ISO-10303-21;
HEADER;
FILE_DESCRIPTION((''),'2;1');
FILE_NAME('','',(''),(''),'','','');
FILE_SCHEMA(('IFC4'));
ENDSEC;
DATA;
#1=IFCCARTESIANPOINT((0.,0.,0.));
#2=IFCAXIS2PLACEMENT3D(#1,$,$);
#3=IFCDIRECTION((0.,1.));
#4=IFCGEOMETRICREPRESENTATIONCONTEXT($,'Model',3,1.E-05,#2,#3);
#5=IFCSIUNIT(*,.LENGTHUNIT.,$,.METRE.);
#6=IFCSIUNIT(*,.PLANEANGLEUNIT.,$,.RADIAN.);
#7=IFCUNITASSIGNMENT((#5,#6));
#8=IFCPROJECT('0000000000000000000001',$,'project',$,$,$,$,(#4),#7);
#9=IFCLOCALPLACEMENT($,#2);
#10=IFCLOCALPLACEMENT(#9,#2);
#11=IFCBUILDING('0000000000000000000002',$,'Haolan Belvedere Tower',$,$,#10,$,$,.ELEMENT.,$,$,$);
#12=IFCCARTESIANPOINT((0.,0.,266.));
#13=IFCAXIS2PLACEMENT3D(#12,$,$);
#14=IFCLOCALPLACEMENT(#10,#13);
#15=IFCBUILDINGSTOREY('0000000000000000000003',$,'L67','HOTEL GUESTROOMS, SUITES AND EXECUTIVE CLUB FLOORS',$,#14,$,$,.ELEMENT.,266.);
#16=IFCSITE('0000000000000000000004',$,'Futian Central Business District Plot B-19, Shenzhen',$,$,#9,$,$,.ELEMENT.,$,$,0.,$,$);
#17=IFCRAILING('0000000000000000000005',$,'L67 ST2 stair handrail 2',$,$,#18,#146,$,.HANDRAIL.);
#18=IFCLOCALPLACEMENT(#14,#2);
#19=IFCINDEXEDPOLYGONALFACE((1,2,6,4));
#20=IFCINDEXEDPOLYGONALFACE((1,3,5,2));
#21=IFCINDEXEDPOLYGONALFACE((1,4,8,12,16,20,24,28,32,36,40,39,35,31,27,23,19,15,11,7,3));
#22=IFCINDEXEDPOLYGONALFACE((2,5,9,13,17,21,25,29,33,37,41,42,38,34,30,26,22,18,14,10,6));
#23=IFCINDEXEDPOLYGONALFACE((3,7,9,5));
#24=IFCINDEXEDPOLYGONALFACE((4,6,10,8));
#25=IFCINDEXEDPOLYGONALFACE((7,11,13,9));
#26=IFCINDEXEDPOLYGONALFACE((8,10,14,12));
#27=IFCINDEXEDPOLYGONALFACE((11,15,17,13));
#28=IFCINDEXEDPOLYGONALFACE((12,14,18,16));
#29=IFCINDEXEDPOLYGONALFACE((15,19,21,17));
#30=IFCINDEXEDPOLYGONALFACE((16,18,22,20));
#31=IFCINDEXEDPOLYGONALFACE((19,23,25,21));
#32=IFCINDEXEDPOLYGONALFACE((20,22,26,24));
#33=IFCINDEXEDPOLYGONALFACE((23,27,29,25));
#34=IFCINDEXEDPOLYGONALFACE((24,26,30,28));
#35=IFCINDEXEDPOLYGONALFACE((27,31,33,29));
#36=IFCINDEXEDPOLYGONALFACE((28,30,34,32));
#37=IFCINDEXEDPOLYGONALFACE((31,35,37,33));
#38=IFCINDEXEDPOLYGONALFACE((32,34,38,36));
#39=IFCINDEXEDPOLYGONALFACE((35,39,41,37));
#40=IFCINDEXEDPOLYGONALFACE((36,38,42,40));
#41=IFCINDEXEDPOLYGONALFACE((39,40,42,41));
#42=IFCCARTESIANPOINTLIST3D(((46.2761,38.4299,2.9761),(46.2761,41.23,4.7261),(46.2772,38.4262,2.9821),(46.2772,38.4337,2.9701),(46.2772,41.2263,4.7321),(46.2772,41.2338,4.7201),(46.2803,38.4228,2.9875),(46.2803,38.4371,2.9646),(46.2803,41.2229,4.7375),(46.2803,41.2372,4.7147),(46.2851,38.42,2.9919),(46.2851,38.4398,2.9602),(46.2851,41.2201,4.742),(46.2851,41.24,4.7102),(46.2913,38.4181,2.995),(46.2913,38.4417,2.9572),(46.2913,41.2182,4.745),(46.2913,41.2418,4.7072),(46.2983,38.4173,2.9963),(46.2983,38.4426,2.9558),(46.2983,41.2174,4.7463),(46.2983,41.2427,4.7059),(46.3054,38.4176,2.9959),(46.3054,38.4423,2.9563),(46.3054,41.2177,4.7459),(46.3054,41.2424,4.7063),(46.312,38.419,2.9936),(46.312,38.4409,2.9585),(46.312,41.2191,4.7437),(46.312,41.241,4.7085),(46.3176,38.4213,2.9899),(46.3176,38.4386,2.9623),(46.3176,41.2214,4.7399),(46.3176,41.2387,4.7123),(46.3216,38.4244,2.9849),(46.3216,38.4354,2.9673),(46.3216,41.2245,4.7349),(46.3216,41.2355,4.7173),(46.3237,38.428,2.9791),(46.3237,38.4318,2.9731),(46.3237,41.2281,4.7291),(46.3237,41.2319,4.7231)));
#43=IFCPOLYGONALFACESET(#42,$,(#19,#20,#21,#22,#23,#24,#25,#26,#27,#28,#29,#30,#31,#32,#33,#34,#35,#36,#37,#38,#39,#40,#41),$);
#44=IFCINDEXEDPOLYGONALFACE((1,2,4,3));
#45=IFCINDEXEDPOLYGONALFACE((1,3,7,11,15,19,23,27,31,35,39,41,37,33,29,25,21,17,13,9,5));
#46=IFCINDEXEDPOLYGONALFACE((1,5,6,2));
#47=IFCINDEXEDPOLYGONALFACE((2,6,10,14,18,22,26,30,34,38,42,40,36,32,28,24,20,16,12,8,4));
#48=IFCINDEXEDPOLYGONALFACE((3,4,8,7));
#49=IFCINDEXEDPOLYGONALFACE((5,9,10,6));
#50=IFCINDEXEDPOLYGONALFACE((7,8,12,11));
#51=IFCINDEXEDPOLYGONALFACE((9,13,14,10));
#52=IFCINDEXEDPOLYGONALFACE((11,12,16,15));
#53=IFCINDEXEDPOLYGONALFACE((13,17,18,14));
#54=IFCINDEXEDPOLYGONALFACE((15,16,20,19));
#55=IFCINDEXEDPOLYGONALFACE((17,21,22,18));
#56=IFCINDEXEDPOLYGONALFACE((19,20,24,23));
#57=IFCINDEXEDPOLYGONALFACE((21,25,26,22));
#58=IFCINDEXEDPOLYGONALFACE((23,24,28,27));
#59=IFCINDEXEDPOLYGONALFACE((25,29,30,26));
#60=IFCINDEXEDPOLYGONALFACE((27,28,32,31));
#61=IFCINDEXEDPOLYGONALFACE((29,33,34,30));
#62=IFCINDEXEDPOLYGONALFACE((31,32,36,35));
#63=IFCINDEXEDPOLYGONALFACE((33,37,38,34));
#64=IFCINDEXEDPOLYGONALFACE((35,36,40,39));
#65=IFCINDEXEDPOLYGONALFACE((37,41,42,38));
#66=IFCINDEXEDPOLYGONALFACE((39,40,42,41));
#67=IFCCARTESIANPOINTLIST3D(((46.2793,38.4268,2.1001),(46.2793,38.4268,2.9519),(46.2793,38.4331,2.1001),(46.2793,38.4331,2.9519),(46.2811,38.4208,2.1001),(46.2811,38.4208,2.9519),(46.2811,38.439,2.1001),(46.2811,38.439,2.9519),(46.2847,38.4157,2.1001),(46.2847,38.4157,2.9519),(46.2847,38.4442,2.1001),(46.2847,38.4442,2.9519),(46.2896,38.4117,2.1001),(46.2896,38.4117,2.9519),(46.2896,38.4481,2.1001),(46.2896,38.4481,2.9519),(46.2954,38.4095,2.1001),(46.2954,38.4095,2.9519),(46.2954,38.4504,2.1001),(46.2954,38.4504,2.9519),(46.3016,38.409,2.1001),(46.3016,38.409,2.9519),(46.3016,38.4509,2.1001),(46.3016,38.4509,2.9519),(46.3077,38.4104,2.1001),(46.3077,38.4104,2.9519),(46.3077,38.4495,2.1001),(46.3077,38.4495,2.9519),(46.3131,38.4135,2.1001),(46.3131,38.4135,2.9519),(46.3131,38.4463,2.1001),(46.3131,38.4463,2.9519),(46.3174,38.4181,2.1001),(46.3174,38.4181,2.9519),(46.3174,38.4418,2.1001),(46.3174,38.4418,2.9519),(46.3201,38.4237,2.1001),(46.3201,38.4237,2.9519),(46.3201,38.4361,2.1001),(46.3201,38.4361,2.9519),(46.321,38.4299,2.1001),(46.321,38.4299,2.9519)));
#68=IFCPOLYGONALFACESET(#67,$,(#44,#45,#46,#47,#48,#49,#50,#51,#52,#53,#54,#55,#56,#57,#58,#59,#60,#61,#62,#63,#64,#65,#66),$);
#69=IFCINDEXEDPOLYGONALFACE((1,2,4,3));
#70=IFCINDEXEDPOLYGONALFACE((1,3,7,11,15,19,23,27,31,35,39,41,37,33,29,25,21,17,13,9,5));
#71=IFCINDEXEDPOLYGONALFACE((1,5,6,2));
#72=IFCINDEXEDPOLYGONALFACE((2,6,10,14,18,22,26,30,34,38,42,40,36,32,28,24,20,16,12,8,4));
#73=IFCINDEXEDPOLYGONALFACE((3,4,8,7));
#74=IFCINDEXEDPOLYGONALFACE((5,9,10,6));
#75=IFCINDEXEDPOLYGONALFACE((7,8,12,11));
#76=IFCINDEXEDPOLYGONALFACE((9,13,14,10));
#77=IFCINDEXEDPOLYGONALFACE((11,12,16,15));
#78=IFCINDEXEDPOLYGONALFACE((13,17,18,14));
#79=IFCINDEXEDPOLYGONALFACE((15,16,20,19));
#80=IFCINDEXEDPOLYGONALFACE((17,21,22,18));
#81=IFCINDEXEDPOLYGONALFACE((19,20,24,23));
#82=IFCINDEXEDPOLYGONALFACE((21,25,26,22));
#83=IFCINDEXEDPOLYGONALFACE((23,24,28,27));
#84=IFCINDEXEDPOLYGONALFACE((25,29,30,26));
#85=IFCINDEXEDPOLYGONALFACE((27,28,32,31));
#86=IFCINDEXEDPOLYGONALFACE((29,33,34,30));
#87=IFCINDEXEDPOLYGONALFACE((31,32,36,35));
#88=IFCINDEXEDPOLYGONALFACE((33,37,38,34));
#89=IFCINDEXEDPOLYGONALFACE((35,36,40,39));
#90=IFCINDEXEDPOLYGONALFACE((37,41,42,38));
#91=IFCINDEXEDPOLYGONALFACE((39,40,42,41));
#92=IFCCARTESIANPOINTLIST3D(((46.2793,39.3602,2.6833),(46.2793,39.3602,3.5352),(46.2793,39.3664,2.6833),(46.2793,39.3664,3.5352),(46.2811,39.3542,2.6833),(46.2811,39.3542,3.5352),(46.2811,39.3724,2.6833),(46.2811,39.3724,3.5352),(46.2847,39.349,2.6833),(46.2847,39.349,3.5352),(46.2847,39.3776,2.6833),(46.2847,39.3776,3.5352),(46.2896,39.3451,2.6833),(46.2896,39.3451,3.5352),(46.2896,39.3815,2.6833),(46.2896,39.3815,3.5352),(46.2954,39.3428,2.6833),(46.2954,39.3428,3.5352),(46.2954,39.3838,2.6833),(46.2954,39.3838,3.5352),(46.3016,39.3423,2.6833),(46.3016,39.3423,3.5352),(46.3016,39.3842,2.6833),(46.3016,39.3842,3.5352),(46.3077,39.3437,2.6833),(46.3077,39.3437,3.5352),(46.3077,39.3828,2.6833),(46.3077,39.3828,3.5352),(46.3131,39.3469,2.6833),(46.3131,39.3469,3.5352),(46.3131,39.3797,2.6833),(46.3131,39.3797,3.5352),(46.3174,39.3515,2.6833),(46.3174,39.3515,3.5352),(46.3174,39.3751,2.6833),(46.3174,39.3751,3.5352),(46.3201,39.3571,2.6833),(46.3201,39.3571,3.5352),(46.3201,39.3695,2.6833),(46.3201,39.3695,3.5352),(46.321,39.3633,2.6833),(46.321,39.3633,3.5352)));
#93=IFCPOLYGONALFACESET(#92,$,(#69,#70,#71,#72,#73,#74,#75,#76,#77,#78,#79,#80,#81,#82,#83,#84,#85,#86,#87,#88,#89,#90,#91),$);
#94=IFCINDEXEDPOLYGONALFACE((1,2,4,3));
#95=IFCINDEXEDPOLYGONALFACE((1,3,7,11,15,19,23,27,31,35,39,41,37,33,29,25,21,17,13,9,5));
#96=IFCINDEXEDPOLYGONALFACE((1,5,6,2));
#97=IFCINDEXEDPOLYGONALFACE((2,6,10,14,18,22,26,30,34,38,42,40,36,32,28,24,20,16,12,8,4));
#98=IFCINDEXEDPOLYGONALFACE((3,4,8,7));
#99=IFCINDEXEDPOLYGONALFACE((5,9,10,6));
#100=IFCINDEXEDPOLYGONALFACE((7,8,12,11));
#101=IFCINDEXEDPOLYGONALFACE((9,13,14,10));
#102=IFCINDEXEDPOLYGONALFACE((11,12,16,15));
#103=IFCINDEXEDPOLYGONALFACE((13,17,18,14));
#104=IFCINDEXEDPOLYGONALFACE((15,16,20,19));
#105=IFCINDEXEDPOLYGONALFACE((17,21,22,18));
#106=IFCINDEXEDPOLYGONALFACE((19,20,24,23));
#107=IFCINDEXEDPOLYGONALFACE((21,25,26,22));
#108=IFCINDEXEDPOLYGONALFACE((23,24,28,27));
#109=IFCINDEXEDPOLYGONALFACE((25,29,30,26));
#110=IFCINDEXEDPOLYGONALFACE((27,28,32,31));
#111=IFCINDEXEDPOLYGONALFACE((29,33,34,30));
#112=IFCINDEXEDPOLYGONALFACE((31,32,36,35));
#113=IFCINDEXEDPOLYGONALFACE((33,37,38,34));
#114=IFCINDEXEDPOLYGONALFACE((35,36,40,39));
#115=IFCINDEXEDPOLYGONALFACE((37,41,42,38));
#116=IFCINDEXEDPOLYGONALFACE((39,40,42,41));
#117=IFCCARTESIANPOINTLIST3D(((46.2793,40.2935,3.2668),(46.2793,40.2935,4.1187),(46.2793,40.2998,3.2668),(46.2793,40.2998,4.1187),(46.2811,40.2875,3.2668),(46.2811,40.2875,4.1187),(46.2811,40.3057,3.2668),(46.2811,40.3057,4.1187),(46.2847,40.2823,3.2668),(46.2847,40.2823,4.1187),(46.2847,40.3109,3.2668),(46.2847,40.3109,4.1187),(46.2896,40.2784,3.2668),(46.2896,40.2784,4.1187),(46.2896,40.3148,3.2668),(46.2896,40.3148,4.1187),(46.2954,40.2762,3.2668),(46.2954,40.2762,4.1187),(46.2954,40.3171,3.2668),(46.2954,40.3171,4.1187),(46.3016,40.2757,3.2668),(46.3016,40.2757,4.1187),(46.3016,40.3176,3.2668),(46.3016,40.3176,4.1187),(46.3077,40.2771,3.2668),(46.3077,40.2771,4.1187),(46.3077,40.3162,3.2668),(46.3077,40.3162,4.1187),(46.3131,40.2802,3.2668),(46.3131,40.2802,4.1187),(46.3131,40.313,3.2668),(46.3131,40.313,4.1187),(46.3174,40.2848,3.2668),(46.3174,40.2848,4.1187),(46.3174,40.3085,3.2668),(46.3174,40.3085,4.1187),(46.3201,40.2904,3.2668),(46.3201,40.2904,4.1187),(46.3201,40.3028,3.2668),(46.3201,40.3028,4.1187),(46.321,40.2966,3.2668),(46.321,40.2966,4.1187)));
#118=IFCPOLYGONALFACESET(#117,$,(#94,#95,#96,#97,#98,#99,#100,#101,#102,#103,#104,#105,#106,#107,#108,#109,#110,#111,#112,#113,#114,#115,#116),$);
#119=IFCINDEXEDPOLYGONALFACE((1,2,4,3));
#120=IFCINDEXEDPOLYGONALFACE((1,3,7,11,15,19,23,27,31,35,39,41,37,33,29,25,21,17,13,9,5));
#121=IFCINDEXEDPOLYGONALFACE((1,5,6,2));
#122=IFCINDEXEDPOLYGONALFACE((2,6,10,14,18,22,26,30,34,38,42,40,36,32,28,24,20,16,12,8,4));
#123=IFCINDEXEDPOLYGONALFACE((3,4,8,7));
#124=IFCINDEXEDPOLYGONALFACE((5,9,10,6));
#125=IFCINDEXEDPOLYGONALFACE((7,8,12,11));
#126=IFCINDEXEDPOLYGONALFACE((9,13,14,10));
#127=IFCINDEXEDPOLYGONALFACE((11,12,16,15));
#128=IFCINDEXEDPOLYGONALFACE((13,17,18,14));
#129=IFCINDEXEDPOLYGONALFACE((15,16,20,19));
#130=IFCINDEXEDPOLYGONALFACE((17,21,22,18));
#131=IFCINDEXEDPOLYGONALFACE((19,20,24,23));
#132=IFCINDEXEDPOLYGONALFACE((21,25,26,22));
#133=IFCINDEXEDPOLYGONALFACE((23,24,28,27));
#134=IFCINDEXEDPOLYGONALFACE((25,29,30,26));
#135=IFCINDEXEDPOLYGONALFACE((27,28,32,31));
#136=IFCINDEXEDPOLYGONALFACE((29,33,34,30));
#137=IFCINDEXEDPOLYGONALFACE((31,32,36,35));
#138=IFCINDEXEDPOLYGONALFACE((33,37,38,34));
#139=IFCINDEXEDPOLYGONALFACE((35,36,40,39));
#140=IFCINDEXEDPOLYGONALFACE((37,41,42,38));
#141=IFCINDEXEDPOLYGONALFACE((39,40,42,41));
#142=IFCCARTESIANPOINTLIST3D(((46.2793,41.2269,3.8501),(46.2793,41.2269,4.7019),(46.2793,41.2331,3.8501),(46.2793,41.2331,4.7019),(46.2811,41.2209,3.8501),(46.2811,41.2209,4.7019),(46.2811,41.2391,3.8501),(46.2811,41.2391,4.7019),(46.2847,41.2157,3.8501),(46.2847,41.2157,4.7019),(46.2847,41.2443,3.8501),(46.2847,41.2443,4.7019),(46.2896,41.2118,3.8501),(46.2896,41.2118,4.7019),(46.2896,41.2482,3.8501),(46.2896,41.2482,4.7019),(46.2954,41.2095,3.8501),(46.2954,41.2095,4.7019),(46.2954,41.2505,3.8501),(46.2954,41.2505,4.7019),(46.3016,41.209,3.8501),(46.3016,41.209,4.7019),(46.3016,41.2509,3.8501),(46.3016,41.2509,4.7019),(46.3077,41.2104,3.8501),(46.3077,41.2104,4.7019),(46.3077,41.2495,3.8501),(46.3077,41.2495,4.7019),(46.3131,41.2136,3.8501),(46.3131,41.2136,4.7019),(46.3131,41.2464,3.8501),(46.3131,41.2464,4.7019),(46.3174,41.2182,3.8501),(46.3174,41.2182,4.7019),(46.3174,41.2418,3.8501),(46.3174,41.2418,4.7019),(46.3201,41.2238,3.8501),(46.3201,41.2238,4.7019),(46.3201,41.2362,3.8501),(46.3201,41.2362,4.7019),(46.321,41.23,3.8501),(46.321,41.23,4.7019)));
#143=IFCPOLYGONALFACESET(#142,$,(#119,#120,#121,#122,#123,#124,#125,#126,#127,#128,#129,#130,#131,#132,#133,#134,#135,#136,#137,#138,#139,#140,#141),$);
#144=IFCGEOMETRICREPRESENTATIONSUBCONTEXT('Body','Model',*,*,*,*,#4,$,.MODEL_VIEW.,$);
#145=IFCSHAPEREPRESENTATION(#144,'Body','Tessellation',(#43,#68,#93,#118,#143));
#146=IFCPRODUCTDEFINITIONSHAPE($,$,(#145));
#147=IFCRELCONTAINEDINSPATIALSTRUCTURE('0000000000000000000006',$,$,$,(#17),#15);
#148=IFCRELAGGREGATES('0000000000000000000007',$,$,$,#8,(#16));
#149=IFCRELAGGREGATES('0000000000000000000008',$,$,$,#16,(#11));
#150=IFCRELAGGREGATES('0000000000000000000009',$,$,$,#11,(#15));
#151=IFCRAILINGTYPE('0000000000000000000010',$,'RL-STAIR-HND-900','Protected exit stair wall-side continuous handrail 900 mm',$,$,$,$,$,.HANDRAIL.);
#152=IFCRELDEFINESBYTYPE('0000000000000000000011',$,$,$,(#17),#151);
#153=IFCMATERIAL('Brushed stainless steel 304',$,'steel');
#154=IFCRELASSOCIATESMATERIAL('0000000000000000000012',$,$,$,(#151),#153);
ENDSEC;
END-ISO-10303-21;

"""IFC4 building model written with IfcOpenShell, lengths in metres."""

from ifc_helpers import new_model, si_unit, direction, frame, origin, origin_2d, place, context, subcontext, project, spatial, circle, extrude, material, type_object, element, save


model = new_model("IFC4")

# Units and contexts
model_context = context("Model", 3, precision=1e-05, world=origin(), true_north=direction((0.0, 1.0)))
body_context = subcontext(model_context, "Body", "Model", "MODEL_VIEW")
ifc_project = project(units=[si_unit("LENGTHUNIT", "METRE"), si_unit("PLANEANGLEUNIT", "RADIAN")], contexts=[model_context])

# Site, building, storey
site_placement = place(None, origin())
site = spatial("IfcSite", under=ifc_project, at=site_placement, Name="Futian Central Business District Plot B-19, Shenzhen", CompositionType="ELEMENT", RefElevation=0.0)
building_placement = place(site_placement, origin())
building = spatial("IfcBuilding", under=site, at=building_placement, Name="Haolan Belvedere Tower", CompositionType="ELEMENT")
storey_placement = place(building_placement, frame((0.0, 0.0, 266.0)))
storey = spatial("IfcBuildingStorey", under=building, at=storey_placement, Name="L67", Description="HOTEL GUESTROOMS, SUITES AND EXECUTIVE CLUB FLOORS", CompositionType="ELEMENT", Elevation=266.0)

# Railing
ifc_material_1 = material(Name="Brushed stainless steel 304", Category="steel")
railing_type_1 = type_object("IfcRailingType", Name="RL-STAIR-HND-900", Description="Protected exit stair wall-side continuous handrail 900 mm", PredefinedType="HANDRAIL", material=ifc_material_1)
railing_1_placement = place(storey_placement, frame((46.3, 38.4299, 2.1001)))
element("IfcRailing", 1, at=railing_1_placement, inside=storey, type_object=railing_type_1, Name="L67 ST2 stair handrail 2", PredefinedType="HANDRAIL", context=body_context, shape_type="SweptSolid", body=[
    extrude(circle(Radius=0.0239, at=origin_2d()), frame((0.0, 0.0, 0.876), z_axis=(0.0, 0.848002, 0.529992), x_axis=(-1.0, 0.0, 0.0)), (0.0, 0.0, 1.0), 3.302),
    extrude(circle(Radius=0.021, at=origin_2d()), origin(), (0.0, 0.0, 1.0), 0.8518),
    extrude(circle(Radius=0.021, at=origin_2d()), frame((0.0, 0.9333, 0.5833)), (0.0, 0.0, 1.0), 0.8518),
    extrude(circle(Radius=0.021, at=origin_2d()), frame((0.0, 1.8667, 1.1667)), (0.0, 0.0, 1.0), 0.8518),
    extrude(circle(Radius=0.021, at=origin_2d()), frame((0.0, 2.8, 1.75)), (0.0, 0.0, 1.0), 0.8518),
])

save(model, "model.ifc")
